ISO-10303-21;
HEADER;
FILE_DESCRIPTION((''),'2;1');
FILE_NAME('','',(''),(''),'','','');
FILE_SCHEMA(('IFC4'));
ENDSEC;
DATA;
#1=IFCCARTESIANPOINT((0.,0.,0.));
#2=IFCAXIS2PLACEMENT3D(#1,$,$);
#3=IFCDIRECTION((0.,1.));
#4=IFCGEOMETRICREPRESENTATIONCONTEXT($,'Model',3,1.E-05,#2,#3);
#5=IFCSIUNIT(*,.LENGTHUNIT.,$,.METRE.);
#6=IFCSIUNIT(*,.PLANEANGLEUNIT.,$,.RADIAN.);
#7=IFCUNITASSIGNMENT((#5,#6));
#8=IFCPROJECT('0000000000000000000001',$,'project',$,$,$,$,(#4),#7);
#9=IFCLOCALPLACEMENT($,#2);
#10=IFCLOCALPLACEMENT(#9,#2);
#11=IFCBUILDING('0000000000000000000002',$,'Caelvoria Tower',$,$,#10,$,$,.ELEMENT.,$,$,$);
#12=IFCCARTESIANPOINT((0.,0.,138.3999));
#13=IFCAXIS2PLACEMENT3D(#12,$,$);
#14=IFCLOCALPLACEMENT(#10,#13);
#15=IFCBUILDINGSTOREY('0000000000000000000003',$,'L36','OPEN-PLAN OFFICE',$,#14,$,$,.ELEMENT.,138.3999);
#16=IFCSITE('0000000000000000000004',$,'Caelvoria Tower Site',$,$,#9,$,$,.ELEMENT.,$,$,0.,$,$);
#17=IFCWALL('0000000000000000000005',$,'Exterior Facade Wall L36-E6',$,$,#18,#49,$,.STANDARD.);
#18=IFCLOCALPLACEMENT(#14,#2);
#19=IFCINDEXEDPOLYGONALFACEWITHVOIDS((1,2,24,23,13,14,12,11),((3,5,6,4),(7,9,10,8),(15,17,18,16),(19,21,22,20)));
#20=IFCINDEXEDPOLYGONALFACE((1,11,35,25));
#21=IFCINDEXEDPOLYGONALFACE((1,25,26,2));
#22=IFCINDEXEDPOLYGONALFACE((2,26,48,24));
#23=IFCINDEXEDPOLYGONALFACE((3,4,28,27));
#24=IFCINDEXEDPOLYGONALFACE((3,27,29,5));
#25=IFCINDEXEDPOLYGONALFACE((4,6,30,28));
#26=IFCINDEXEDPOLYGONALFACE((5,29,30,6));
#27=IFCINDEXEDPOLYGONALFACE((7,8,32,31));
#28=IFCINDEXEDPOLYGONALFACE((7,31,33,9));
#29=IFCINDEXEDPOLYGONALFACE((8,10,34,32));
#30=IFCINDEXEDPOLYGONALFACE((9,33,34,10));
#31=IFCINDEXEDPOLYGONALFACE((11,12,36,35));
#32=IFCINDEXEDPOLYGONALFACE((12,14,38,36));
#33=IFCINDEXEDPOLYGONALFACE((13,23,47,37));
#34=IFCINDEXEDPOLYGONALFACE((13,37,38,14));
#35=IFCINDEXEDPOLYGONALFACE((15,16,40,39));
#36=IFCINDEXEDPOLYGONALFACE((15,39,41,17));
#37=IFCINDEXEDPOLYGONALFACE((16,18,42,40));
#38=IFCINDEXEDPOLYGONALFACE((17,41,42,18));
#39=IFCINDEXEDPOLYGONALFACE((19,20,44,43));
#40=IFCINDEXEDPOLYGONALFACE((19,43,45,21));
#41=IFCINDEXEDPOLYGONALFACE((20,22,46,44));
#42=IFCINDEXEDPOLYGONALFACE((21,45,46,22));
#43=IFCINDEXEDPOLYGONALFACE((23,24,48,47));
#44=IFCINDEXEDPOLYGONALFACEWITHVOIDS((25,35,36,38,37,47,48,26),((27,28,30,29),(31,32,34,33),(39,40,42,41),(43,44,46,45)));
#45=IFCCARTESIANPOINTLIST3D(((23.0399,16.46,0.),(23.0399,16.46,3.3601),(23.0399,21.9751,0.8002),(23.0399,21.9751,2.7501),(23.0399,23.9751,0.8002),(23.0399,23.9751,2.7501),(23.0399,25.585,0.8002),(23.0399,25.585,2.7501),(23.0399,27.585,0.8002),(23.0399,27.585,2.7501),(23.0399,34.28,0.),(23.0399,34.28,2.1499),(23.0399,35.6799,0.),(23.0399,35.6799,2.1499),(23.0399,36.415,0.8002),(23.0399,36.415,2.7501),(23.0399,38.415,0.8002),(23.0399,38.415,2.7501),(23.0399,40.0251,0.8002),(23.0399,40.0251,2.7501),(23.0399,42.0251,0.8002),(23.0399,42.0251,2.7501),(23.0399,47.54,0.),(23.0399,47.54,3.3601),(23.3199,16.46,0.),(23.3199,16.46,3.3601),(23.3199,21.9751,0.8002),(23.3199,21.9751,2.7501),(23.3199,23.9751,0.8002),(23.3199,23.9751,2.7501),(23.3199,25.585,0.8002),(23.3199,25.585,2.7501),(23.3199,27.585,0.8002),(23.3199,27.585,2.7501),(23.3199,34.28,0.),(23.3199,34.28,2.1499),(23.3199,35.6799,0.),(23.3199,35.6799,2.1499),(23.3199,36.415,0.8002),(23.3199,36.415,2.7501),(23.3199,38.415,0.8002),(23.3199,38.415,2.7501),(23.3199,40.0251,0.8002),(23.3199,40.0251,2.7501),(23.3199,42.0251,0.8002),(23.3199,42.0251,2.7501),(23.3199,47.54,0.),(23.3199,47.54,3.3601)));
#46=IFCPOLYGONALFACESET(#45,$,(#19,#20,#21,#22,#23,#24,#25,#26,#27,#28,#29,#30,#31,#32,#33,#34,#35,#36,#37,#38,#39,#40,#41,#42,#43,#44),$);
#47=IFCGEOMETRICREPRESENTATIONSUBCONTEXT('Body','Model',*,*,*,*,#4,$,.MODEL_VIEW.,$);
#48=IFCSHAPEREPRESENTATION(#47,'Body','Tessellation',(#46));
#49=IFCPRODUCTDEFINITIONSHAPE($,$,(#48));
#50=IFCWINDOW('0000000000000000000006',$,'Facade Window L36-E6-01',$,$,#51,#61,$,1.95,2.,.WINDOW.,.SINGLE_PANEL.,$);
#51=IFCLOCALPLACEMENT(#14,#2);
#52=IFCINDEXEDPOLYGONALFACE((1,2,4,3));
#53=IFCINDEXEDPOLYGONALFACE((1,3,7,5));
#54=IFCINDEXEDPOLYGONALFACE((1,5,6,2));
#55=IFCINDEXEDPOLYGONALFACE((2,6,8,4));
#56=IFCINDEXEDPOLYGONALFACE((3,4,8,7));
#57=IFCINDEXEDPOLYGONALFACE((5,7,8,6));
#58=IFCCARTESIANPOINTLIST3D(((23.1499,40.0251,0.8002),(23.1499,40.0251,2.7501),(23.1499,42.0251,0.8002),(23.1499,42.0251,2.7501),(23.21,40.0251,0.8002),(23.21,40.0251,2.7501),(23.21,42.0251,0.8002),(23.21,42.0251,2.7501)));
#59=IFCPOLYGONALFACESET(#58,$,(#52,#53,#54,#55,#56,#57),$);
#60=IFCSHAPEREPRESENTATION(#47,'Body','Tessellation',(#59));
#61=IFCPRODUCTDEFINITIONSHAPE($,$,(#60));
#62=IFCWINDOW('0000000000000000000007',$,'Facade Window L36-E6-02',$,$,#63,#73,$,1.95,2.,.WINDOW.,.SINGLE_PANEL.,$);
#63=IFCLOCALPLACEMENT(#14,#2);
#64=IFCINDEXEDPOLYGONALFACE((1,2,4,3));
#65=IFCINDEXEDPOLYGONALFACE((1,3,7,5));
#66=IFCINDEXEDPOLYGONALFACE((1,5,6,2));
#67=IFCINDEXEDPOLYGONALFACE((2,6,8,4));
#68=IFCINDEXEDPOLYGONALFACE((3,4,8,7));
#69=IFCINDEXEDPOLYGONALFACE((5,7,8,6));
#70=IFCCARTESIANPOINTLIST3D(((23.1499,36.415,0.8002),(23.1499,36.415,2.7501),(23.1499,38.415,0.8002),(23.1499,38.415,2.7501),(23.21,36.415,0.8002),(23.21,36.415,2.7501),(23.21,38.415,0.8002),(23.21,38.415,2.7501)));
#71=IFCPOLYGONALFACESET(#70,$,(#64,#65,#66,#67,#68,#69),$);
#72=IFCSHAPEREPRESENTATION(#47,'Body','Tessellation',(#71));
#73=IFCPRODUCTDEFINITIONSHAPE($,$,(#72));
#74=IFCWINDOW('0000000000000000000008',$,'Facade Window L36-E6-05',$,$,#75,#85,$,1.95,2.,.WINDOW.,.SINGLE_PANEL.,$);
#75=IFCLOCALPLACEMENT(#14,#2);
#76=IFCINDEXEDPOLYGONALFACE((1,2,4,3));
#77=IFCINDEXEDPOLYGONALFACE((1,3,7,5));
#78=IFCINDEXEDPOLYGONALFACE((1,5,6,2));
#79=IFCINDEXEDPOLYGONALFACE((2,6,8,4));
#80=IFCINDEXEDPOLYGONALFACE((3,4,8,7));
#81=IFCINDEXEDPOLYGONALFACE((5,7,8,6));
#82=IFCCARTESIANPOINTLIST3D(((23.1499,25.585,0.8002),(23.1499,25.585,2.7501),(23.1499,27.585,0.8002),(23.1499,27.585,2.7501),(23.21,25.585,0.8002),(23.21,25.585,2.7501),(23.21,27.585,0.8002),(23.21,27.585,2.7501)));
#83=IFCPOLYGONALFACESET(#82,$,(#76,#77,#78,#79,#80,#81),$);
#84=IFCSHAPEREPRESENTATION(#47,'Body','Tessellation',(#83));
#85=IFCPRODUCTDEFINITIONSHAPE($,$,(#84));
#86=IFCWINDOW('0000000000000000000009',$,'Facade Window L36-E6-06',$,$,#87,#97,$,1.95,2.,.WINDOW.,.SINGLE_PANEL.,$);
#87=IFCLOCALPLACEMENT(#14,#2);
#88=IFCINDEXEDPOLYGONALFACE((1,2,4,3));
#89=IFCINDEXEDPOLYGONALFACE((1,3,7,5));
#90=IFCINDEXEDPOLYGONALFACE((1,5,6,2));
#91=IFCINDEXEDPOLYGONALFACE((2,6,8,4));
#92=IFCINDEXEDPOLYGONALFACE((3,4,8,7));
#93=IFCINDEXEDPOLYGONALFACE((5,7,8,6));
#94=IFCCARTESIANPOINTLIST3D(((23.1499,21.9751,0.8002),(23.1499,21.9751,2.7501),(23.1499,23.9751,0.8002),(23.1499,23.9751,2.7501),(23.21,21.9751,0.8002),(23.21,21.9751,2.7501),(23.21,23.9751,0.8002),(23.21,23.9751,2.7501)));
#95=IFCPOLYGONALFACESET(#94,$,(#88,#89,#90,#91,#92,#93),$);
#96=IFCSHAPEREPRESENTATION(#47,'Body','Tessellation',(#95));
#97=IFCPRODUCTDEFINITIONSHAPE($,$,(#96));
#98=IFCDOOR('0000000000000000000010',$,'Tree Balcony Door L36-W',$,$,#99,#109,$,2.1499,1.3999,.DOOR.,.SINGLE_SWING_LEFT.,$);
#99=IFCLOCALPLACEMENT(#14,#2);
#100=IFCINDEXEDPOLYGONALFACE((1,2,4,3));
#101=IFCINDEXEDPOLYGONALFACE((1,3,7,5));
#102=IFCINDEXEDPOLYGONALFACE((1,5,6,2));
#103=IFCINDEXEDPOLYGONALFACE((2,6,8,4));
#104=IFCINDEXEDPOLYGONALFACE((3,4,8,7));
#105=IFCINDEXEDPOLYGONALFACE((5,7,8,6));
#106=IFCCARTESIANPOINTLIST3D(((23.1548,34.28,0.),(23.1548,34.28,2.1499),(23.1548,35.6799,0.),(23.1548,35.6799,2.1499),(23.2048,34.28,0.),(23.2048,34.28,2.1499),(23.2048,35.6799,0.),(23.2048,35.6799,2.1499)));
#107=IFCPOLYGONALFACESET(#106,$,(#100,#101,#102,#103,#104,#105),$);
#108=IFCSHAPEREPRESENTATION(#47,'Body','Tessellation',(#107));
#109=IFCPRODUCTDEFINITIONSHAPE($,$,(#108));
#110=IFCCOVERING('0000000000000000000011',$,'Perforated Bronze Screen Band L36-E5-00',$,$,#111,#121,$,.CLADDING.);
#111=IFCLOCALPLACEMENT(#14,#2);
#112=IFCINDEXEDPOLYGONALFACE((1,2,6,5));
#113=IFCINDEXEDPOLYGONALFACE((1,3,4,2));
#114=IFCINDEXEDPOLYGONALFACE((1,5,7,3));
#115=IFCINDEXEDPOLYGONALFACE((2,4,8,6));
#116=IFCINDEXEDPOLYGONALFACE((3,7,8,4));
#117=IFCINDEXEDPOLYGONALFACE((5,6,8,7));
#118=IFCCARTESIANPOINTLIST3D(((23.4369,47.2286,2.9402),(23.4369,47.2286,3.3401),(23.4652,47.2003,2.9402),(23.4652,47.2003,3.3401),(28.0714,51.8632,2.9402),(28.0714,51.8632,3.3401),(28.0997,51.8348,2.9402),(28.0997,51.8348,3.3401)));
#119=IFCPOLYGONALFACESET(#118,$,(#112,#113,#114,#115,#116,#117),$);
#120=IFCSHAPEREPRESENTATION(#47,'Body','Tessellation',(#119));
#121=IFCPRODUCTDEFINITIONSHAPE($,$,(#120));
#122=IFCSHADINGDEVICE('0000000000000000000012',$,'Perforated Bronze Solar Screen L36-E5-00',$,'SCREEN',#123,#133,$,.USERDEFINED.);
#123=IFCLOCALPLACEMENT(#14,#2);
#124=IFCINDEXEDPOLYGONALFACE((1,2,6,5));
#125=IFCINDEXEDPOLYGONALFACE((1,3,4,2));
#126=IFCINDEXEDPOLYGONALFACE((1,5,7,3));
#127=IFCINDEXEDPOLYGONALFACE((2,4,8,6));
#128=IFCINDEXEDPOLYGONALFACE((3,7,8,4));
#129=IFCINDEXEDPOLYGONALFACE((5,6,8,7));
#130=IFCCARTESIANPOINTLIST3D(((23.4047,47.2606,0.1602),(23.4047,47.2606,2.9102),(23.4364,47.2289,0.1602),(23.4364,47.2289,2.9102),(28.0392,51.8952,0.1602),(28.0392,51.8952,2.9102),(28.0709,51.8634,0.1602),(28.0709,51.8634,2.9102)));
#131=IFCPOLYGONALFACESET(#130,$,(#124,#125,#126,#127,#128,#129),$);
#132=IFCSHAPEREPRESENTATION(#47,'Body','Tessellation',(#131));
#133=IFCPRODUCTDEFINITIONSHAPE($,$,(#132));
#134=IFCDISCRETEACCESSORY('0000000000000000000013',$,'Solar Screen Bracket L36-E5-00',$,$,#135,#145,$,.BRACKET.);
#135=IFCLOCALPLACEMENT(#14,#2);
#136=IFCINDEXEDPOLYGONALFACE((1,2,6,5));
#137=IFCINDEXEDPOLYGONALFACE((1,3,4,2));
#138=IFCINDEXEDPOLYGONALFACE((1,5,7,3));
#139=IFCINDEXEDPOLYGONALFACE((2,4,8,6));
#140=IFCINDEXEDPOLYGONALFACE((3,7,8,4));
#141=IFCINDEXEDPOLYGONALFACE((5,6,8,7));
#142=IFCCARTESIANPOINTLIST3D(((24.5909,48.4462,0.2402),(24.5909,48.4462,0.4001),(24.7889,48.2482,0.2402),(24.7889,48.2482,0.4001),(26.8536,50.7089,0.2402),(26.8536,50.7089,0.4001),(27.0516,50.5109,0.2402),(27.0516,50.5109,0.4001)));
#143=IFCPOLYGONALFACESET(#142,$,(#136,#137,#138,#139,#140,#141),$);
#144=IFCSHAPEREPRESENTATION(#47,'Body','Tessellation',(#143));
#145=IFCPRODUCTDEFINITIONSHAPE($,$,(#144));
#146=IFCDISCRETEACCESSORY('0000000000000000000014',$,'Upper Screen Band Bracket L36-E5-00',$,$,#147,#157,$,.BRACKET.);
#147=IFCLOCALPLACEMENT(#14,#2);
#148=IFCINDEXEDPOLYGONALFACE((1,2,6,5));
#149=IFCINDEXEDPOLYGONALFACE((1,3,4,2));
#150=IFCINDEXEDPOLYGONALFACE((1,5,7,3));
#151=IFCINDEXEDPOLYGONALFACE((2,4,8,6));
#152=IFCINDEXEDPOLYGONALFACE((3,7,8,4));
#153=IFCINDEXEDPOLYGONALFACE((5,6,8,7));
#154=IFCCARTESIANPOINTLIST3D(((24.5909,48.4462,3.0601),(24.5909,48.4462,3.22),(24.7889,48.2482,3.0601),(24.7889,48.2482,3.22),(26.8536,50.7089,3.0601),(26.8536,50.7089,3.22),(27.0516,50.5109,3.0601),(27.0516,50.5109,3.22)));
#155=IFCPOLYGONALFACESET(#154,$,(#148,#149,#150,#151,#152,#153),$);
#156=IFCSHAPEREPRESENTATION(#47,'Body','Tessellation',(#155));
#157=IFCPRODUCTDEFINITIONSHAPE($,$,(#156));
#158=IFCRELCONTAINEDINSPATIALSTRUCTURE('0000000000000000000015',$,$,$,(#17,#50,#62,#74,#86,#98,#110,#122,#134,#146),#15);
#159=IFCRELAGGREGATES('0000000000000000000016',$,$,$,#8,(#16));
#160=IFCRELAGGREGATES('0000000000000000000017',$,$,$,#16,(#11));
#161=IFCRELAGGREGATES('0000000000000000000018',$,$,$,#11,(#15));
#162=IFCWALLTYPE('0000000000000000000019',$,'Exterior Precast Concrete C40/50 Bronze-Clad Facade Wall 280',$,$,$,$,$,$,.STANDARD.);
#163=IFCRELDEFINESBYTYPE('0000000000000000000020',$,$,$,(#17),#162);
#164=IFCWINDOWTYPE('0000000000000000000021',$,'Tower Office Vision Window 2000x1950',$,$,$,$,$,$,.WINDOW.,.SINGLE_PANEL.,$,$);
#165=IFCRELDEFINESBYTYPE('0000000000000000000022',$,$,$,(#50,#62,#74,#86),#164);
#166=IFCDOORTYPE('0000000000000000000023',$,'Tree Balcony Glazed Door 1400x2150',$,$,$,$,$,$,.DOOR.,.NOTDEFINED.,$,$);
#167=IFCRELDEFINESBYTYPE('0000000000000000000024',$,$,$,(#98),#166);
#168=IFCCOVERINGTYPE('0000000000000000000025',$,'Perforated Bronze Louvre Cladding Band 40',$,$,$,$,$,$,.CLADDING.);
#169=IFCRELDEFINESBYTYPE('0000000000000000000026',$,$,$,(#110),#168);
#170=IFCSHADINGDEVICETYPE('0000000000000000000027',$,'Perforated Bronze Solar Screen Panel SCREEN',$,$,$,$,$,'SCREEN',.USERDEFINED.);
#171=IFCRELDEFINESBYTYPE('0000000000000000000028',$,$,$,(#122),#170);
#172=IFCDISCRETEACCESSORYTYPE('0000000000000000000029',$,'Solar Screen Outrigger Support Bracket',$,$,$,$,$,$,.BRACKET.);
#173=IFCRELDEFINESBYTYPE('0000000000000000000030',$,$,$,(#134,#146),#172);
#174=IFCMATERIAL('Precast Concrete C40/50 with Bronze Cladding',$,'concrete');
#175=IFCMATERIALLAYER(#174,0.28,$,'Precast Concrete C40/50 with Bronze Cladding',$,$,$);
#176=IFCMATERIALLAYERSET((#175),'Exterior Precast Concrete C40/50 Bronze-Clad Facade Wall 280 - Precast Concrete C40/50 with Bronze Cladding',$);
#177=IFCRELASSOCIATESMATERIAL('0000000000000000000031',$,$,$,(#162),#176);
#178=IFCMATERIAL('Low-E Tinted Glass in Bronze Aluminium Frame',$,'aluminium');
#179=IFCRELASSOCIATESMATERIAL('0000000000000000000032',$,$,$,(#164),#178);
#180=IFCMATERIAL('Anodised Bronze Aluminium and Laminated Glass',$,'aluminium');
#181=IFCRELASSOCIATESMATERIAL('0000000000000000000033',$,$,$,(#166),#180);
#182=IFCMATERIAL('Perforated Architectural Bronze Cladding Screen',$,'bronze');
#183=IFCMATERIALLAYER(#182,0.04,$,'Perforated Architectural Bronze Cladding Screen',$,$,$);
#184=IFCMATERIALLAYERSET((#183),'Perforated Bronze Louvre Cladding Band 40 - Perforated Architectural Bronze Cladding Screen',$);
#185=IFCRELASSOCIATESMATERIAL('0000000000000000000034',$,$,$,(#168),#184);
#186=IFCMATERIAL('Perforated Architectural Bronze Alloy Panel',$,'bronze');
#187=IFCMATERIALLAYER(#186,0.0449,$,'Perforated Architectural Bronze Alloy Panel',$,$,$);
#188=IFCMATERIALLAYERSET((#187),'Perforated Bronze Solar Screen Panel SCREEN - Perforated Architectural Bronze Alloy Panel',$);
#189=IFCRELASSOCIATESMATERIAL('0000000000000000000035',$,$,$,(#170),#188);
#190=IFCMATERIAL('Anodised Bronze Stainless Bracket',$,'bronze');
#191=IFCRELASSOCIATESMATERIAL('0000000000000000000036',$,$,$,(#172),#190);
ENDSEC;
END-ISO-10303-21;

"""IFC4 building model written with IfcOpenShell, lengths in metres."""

from ifc_helpers import new_model, si_unit, direction, frame, frame_2d, origin, origin_2d, place, context, subcontext, project, spatial, rectangle, extrude, material, layer, layer_set, type_object, element, fill, save


model = new_model("IFC4")

# Units and contexts
model_context = context("Model", 3, precision=1e-05, world=origin(), true_north=direction((0.0, 1.0)))
body_context = subcontext(model_context, "Body", "Model", "MODEL_VIEW")
ifc_project = project(units=[si_unit("LENGTHUNIT", "METRE"), si_unit("PLANEANGLEUNIT", "RADIAN")], contexts=[model_context])

# Site, building, storey
site_placement = place(None, origin())
site = spatial("IfcSite", under=ifc_project, at=site_placement, Name="Caelvoria Tower Site", CompositionType="ELEMENT", RefElevation=0.0)
building_placement = place(site_placement, origin())
building = spatial("IfcBuilding", under=site, at=building_placement, Name="Caelvoria Tower", CompositionType="ELEMENT")
storey_placement = place(building_placement, frame((0.0, 0.0, 138.3999)))
storey = spatial("IfcBuildingStorey", under=building, at=storey_placement, Name="L36", Description="OPEN-PLAN OFFICE", CompositionType="ELEMENT", Elevation=138.3999)

# Wall, openings, windows, door
ifc_material_1 = material(Name="Precast Concrete C40/50 with Bronze Cladding", Category="concrete")
ifc_layer_1 = layer(ifc_material_1, 0.28, Name="Precast Concrete C40/50 with Bronze Cladding")
ifc_layer_set_1 = layer_set([ifc_layer_1], Name="Exterior Precast Concrete C40/50 Bronze-Clad Facade Wall 280 - Precast Concrete C40/50 with Bronze Cladding")
wall_type = type_object("IfcWallType", Name="Exterior Precast Concrete C40/50 Bronze-Clad Facade Wall 280", PredefinedType="STANDARD", material=ifc_layer_set_1)
wall_placement = place(storey_placement, frame((23.1799, 47.54, 0.0), z_axis=(0.0, 0.0, 1.0), x_axis=(0.0, -1.0, 0.0)))
wall = element("IfcWall", 1, at=wall_placement, inside=storey, type_object=wall_type, Name="Exterior Facade Wall L36-E6", PredefinedType="STANDARD", context=body_context, shape_type="SweptSolid", body=[
    extrude(rectangle(XDim=31.0801, YDim=0.28, at=frame_2d((15.54, 0.0))), origin(), (0.0, 0.0, 1.0), 3.3601),
])
opening_1_placement = place(wall_placement, frame((11.8601, 0.0, 0.0)))
opening_1 = element("IfcOpeningElement", 2, at=opening_1_placement, cuts=wall, PredefinedType="OPENING", context=body_context, shape_type="SweptSolid", body=[
    extrude(rectangle(XDim=1.3999, YDim=2.1499, at=frame_2d((0.7, 1.075))), frame((0.0, 0.1499, 0.0), z_axis=(0.0, -1.0, 0.0), x_axis=(1.0, 0.0, 0.0)), (0.0, 0.0, 1.0), 0.3),
])
opening_2_placement = place(wall_placement, frame((5.5149, 0.0, 0.8)))
opening_2 = element("IfcOpeningElement", 3, at=opening_2_placement, cuts=wall, PredefinedType="OPENING", context=body_context, shape_type="SweptSolid", body=[
    extrude(rectangle(XDim=2.0, YDim=1.95, at=frame_2d((1.0, 0.9751))), frame((0.0, 0.1499, 0.0), z_axis=(0.0, -1.0, 0.0), x_axis=(1.0, 0.0, 0.0)), (0.0, 0.0, 1.0), 0.3),
])
opening_3_placement = place(wall_placement, frame((9.125, 0.0, 0.8)))
opening_3 = element("IfcOpeningElement", 4, at=opening_3_placement, cuts=wall, PredefinedType="OPENING", context=body_context, shape_type="SweptSolid", body=[
    extrude(rectangle(XDim=2.0, YDim=1.95, at=frame_2d((1.0, 0.9751))), frame((0.0, 0.1499, 0.0), z_axis=(0.0, -1.0, 0.0), x_axis=(1.0, 0.0, 0.0)), (0.0, 0.0, 1.0), 0.3),
])
opening_4_placement = place(wall_placement, frame((19.9551, 0.0, 0.8)))
opening_4 = element("IfcOpeningElement", 5, at=opening_4_placement, cuts=wall, PredefinedType="OPENING", context=body_context, shape_type="SweptSolid", body=[
    extrude(rectangle(XDim=2.0, YDim=1.95, at=frame_2d((1.0, 0.9751))), frame((0.0, 0.1499, 0.0), z_axis=(0.0, -1.0, 0.0), x_axis=(1.0, 0.0, 0.0)), (0.0, 0.0, 1.0), 0.3),
])
opening_5_placement = place(wall_placement, frame((23.5649, 0.0, 0.8)))
opening_5 = element("IfcOpeningElement", 6, at=opening_5_placement, cuts=wall, PredefinedType="OPENING", context=body_context, shape_type="SweptSolid", body=[
    extrude(rectangle(XDim=2.0, YDim=1.95, at=frame_2d((1.0, 0.9751))), frame((0.0, 0.1499, 0.0), z_axis=(0.0, -1.0, 0.0), x_axis=(1.0, 0.0, 0.0)), (0.0, 0.0, 1.0), 0.3),
])
ifc_material_2 = material(Name="Low-E Tinted Glass in Bronze Aluminium Frame", Category="aluminium")
window_type = type_object("IfcWindowType", Name="Tower Office Vision Window 2000x1950", PartitioningType="SINGLE_PANEL", PredefinedType="WINDOW", material=ifc_material_2)
window_1_placement = place(opening_2_placement, origin())
window_1 = element("IfcWindow", 7, at=window_1_placement, inside=storey, type_object=window_type, Name="Facade Window L36-E6-01", OverallHeight=1.95, OverallWidth=2.0, PartitioningType="SINGLE_PANEL", PredefinedType="WINDOW", context=body_context, shape_type="SweptSolid", body=[
    extrude(rectangle(XDim=2.0, YDim=1.95, at=frame_2d((1.0, 0.9751))), frame((0.0, 0.03, 0.0), z_axis=(0.0, -1.0, 0.0), x_axis=(1.0, 0.0, 0.0)), (0.0, 0.0, 1.0), 0.0601),
])
fill(opening_2, window_1)
window_2_placement = place(opening_3_placement, origin())
window_2 = element("IfcWindow", 8, at=window_2_placement, inside=storey, type_object=window_type, Name="Facade Window L36-E6-02", OverallHeight=1.95, OverallWidth=2.0, PartitioningType="SINGLE_PANEL", PredefinedType="WINDOW", context=body_context, shape_type="SweptSolid", body=[
    extrude(rectangle(XDim=2.0, YDim=1.95, at=frame_2d((1.0, 0.9751))), frame((0.0, 0.03, 0.0), z_axis=(0.0, -1.0, 0.0), x_axis=(1.0, 0.0, 0.0)), (0.0, 0.0, 1.0), 0.0601),
])
fill(opening_3, window_2)
window_3_placement = place(opening_4_placement, origin())
window_3 = element("IfcWindow", 9, at=window_3_placement, inside=storey, type_object=window_type, Name="Facade Window L36-E6-05", OverallHeight=1.95, OverallWidth=2.0, PartitioningType="SINGLE_PANEL", PredefinedType="WINDOW", context=body_context, shape_type="SweptSolid", body=[
    extrude(rectangle(XDim=2.0, YDim=1.95, at=frame_2d((1.0, 0.9751))), frame((0.0, 0.03, 0.0), z_axis=(0.0, -1.0, 0.0), x_axis=(1.0, 0.0, 0.0)), (0.0, 0.0, 1.0), 0.0601),
])
fill(opening_4, window_3)
window_4_placement = place(opening_5_placement, origin())
window_4 = element("IfcWindow", 10, at=window_4_placement, inside=storey, type_object=window_type, Name="Facade Window L36-E6-06", OverallHeight=1.95, OverallWidth=2.0, PartitioningType="SINGLE_PANEL", PredefinedType="WINDOW", context=body_context, shape_type="SweptSolid", body=[
    extrude(rectangle(XDim=2.0, YDim=1.95, at=frame_2d((1.0, 0.9751))), frame((0.0, 0.03, 0.0), z_axis=(0.0, -1.0, 0.0), x_axis=(1.0, 0.0, 0.0)), (0.0, 0.0, 1.0), 0.0601),
])
fill(opening_5, window_4)
ifc_material_3 = material(Name="Anodised Bronze Aluminium and Laminated Glass", Category="aluminium")
door_type = type_object("IfcDoorType", Name="Tree Balcony Glazed Door 1400x2150", OperationType="NOTDEFINED", PredefinedType="DOOR", material=ifc_material_3)
door_placement = place(opening_1_placement, origin())
door = element("IfcDoor", 11, at=door_placement, inside=storey, type_object=door_type, Name="Tree Balcony Door L36-W", OperationType="SINGLE_SWING_LEFT", OverallHeight=2.1499, OverallWidth=1.3999, PredefinedType="DOOR", context=body_context, shape_type="SweptSolid", body=[
    extrude(rectangle(XDim=1.3999, YDim=2.1499, at=frame_2d((0.7, 1.075))), frame((0.0, 0.0249, 0.0), z_axis=(0.0, -1.0, 0.0), x_axis=(1.0, 0.0, 0.0)), (0.0, 0.0, 1.0), 0.05),
])
fill(opening_1, door)

# Covering
ifc_material_4 = material(Name="Perforated Architectural Bronze Cladding Screen", Category="bronze")
ifc_layer_2 = layer(ifc_material_4, 0.04, Name="Perforated Architectural Bronze Cladding Screen")
ifc_layer_set_2 = layer_set([ifc_layer_2], Name="Perforated Bronze Louvre Cladding Band 40 - Perforated Architectural Bronze Cladding Screen")
covering_type = type_object("IfcCoveringType", Name="Perforated Bronze Louvre Cladding Band 40", PredefinedType="CLADDING", material=ifc_layer_set_2)
covering_placement = place(storey_placement, frame((25.7683, 49.5317, 2.9402), z_axis=(0.0, 0.0, 1.0), x_axis=(-0.707107, -0.707107, 0.0)))
element("IfcCovering", 12, at=covering_placement, inside=storey, type_object=covering_type, Name="Perforated Bronze Screen Band L36-E5-00", PredefinedType="CLADDING", context=body_context, shape_type="SweptSolid", body=[
    extrude(rectangle(XDim=6.5542, YDim=0.04, at=origin_2d()), origin(), (0.0, 0.0, 1.0), 0.3999),
])

# Shading device
ifc_material_5 = material(Name="Perforated Architectural Bronze Alloy Panel", Category="bronze")
ifc_layer_3 = layer(ifc_material_5, 0.0449, Name="Perforated Architectural Bronze Alloy Panel")
ifc_layer_set_3 = layer_set([ifc_layer_3], Name="Perforated Bronze Solar Screen Panel SCREEN - Perforated Architectural Bronze Alloy Panel")
shading_device_type = type_object("IfcShadingDeviceType", Name="Perforated Bronze Solar Screen Panel SCREEN", ElementType="SCREEN", PredefinedType="USERDEFINED", material=ifc_layer_set_3)
shading_device_placement = place(storey_placement, frame((25.7378, 49.562, 0.1602), z_axis=(0.0, 0.0, 1.0), x_axis=(-0.707107, -0.707107, 0.0)))
element("IfcShadingDevice", 13, at=shading_device_placement, inside=storey, type_object=shading_device_type, Name="Perforated Bronze Solar Screen L36-E5-00", ObjectType="SCREEN", PredefinedType="USERDEFINED", context=body_context, shape_type="SweptSolid", body=[
    extrude(rectangle(XDim=6.5542, YDim=0.0449, at=origin_2d()), origin(), (0.0, 0.0, 1.0), 2.75),
])

# Discrete accessories
ifc_material_6 = material(Name="Anodised Bronze Stainless Bracket", Category="bronze")
discrete_accessory_type = type_object("IfcDiscreteAccessoryType", Name="Solar Screen Outrigger Support Bracket", PredefinedType="BRACKET", material=ifc_material_6)
for number, where, z_axis, x_axis, name in (
    (14, (25.8213, 49.4785, 0.2402), (0.0, 0.0, 1.0), (-0.707107, -0.707107, 0.0), "Solar Screen Bracket L36-E5-00"),
    (15, (25.8213, 49.4785, 3.0601), (0.0, 0.0, 1.0), (-0.707107, -0.707107, 0.0), "Upper Screen Band Bracket L36-E5-00"),
):
    element("IfcDiscreteAccessory", number, at=place(storey_placement, frame(where, z_axis=z_axis, x_axis=x_axis)), inside=storey, type_object=discrete_accessory_type, Name=name, PredefinedType="BRACKET", context=body_context, shape_type="SweptSolid", body=[
        extrude(rectangle(XDim=3.2, YDim=0.28, at=origin_2d()), origin(), (0.0, 0.0, 1.0), 0.1599),
    ])

save(model, "model.ifc")
